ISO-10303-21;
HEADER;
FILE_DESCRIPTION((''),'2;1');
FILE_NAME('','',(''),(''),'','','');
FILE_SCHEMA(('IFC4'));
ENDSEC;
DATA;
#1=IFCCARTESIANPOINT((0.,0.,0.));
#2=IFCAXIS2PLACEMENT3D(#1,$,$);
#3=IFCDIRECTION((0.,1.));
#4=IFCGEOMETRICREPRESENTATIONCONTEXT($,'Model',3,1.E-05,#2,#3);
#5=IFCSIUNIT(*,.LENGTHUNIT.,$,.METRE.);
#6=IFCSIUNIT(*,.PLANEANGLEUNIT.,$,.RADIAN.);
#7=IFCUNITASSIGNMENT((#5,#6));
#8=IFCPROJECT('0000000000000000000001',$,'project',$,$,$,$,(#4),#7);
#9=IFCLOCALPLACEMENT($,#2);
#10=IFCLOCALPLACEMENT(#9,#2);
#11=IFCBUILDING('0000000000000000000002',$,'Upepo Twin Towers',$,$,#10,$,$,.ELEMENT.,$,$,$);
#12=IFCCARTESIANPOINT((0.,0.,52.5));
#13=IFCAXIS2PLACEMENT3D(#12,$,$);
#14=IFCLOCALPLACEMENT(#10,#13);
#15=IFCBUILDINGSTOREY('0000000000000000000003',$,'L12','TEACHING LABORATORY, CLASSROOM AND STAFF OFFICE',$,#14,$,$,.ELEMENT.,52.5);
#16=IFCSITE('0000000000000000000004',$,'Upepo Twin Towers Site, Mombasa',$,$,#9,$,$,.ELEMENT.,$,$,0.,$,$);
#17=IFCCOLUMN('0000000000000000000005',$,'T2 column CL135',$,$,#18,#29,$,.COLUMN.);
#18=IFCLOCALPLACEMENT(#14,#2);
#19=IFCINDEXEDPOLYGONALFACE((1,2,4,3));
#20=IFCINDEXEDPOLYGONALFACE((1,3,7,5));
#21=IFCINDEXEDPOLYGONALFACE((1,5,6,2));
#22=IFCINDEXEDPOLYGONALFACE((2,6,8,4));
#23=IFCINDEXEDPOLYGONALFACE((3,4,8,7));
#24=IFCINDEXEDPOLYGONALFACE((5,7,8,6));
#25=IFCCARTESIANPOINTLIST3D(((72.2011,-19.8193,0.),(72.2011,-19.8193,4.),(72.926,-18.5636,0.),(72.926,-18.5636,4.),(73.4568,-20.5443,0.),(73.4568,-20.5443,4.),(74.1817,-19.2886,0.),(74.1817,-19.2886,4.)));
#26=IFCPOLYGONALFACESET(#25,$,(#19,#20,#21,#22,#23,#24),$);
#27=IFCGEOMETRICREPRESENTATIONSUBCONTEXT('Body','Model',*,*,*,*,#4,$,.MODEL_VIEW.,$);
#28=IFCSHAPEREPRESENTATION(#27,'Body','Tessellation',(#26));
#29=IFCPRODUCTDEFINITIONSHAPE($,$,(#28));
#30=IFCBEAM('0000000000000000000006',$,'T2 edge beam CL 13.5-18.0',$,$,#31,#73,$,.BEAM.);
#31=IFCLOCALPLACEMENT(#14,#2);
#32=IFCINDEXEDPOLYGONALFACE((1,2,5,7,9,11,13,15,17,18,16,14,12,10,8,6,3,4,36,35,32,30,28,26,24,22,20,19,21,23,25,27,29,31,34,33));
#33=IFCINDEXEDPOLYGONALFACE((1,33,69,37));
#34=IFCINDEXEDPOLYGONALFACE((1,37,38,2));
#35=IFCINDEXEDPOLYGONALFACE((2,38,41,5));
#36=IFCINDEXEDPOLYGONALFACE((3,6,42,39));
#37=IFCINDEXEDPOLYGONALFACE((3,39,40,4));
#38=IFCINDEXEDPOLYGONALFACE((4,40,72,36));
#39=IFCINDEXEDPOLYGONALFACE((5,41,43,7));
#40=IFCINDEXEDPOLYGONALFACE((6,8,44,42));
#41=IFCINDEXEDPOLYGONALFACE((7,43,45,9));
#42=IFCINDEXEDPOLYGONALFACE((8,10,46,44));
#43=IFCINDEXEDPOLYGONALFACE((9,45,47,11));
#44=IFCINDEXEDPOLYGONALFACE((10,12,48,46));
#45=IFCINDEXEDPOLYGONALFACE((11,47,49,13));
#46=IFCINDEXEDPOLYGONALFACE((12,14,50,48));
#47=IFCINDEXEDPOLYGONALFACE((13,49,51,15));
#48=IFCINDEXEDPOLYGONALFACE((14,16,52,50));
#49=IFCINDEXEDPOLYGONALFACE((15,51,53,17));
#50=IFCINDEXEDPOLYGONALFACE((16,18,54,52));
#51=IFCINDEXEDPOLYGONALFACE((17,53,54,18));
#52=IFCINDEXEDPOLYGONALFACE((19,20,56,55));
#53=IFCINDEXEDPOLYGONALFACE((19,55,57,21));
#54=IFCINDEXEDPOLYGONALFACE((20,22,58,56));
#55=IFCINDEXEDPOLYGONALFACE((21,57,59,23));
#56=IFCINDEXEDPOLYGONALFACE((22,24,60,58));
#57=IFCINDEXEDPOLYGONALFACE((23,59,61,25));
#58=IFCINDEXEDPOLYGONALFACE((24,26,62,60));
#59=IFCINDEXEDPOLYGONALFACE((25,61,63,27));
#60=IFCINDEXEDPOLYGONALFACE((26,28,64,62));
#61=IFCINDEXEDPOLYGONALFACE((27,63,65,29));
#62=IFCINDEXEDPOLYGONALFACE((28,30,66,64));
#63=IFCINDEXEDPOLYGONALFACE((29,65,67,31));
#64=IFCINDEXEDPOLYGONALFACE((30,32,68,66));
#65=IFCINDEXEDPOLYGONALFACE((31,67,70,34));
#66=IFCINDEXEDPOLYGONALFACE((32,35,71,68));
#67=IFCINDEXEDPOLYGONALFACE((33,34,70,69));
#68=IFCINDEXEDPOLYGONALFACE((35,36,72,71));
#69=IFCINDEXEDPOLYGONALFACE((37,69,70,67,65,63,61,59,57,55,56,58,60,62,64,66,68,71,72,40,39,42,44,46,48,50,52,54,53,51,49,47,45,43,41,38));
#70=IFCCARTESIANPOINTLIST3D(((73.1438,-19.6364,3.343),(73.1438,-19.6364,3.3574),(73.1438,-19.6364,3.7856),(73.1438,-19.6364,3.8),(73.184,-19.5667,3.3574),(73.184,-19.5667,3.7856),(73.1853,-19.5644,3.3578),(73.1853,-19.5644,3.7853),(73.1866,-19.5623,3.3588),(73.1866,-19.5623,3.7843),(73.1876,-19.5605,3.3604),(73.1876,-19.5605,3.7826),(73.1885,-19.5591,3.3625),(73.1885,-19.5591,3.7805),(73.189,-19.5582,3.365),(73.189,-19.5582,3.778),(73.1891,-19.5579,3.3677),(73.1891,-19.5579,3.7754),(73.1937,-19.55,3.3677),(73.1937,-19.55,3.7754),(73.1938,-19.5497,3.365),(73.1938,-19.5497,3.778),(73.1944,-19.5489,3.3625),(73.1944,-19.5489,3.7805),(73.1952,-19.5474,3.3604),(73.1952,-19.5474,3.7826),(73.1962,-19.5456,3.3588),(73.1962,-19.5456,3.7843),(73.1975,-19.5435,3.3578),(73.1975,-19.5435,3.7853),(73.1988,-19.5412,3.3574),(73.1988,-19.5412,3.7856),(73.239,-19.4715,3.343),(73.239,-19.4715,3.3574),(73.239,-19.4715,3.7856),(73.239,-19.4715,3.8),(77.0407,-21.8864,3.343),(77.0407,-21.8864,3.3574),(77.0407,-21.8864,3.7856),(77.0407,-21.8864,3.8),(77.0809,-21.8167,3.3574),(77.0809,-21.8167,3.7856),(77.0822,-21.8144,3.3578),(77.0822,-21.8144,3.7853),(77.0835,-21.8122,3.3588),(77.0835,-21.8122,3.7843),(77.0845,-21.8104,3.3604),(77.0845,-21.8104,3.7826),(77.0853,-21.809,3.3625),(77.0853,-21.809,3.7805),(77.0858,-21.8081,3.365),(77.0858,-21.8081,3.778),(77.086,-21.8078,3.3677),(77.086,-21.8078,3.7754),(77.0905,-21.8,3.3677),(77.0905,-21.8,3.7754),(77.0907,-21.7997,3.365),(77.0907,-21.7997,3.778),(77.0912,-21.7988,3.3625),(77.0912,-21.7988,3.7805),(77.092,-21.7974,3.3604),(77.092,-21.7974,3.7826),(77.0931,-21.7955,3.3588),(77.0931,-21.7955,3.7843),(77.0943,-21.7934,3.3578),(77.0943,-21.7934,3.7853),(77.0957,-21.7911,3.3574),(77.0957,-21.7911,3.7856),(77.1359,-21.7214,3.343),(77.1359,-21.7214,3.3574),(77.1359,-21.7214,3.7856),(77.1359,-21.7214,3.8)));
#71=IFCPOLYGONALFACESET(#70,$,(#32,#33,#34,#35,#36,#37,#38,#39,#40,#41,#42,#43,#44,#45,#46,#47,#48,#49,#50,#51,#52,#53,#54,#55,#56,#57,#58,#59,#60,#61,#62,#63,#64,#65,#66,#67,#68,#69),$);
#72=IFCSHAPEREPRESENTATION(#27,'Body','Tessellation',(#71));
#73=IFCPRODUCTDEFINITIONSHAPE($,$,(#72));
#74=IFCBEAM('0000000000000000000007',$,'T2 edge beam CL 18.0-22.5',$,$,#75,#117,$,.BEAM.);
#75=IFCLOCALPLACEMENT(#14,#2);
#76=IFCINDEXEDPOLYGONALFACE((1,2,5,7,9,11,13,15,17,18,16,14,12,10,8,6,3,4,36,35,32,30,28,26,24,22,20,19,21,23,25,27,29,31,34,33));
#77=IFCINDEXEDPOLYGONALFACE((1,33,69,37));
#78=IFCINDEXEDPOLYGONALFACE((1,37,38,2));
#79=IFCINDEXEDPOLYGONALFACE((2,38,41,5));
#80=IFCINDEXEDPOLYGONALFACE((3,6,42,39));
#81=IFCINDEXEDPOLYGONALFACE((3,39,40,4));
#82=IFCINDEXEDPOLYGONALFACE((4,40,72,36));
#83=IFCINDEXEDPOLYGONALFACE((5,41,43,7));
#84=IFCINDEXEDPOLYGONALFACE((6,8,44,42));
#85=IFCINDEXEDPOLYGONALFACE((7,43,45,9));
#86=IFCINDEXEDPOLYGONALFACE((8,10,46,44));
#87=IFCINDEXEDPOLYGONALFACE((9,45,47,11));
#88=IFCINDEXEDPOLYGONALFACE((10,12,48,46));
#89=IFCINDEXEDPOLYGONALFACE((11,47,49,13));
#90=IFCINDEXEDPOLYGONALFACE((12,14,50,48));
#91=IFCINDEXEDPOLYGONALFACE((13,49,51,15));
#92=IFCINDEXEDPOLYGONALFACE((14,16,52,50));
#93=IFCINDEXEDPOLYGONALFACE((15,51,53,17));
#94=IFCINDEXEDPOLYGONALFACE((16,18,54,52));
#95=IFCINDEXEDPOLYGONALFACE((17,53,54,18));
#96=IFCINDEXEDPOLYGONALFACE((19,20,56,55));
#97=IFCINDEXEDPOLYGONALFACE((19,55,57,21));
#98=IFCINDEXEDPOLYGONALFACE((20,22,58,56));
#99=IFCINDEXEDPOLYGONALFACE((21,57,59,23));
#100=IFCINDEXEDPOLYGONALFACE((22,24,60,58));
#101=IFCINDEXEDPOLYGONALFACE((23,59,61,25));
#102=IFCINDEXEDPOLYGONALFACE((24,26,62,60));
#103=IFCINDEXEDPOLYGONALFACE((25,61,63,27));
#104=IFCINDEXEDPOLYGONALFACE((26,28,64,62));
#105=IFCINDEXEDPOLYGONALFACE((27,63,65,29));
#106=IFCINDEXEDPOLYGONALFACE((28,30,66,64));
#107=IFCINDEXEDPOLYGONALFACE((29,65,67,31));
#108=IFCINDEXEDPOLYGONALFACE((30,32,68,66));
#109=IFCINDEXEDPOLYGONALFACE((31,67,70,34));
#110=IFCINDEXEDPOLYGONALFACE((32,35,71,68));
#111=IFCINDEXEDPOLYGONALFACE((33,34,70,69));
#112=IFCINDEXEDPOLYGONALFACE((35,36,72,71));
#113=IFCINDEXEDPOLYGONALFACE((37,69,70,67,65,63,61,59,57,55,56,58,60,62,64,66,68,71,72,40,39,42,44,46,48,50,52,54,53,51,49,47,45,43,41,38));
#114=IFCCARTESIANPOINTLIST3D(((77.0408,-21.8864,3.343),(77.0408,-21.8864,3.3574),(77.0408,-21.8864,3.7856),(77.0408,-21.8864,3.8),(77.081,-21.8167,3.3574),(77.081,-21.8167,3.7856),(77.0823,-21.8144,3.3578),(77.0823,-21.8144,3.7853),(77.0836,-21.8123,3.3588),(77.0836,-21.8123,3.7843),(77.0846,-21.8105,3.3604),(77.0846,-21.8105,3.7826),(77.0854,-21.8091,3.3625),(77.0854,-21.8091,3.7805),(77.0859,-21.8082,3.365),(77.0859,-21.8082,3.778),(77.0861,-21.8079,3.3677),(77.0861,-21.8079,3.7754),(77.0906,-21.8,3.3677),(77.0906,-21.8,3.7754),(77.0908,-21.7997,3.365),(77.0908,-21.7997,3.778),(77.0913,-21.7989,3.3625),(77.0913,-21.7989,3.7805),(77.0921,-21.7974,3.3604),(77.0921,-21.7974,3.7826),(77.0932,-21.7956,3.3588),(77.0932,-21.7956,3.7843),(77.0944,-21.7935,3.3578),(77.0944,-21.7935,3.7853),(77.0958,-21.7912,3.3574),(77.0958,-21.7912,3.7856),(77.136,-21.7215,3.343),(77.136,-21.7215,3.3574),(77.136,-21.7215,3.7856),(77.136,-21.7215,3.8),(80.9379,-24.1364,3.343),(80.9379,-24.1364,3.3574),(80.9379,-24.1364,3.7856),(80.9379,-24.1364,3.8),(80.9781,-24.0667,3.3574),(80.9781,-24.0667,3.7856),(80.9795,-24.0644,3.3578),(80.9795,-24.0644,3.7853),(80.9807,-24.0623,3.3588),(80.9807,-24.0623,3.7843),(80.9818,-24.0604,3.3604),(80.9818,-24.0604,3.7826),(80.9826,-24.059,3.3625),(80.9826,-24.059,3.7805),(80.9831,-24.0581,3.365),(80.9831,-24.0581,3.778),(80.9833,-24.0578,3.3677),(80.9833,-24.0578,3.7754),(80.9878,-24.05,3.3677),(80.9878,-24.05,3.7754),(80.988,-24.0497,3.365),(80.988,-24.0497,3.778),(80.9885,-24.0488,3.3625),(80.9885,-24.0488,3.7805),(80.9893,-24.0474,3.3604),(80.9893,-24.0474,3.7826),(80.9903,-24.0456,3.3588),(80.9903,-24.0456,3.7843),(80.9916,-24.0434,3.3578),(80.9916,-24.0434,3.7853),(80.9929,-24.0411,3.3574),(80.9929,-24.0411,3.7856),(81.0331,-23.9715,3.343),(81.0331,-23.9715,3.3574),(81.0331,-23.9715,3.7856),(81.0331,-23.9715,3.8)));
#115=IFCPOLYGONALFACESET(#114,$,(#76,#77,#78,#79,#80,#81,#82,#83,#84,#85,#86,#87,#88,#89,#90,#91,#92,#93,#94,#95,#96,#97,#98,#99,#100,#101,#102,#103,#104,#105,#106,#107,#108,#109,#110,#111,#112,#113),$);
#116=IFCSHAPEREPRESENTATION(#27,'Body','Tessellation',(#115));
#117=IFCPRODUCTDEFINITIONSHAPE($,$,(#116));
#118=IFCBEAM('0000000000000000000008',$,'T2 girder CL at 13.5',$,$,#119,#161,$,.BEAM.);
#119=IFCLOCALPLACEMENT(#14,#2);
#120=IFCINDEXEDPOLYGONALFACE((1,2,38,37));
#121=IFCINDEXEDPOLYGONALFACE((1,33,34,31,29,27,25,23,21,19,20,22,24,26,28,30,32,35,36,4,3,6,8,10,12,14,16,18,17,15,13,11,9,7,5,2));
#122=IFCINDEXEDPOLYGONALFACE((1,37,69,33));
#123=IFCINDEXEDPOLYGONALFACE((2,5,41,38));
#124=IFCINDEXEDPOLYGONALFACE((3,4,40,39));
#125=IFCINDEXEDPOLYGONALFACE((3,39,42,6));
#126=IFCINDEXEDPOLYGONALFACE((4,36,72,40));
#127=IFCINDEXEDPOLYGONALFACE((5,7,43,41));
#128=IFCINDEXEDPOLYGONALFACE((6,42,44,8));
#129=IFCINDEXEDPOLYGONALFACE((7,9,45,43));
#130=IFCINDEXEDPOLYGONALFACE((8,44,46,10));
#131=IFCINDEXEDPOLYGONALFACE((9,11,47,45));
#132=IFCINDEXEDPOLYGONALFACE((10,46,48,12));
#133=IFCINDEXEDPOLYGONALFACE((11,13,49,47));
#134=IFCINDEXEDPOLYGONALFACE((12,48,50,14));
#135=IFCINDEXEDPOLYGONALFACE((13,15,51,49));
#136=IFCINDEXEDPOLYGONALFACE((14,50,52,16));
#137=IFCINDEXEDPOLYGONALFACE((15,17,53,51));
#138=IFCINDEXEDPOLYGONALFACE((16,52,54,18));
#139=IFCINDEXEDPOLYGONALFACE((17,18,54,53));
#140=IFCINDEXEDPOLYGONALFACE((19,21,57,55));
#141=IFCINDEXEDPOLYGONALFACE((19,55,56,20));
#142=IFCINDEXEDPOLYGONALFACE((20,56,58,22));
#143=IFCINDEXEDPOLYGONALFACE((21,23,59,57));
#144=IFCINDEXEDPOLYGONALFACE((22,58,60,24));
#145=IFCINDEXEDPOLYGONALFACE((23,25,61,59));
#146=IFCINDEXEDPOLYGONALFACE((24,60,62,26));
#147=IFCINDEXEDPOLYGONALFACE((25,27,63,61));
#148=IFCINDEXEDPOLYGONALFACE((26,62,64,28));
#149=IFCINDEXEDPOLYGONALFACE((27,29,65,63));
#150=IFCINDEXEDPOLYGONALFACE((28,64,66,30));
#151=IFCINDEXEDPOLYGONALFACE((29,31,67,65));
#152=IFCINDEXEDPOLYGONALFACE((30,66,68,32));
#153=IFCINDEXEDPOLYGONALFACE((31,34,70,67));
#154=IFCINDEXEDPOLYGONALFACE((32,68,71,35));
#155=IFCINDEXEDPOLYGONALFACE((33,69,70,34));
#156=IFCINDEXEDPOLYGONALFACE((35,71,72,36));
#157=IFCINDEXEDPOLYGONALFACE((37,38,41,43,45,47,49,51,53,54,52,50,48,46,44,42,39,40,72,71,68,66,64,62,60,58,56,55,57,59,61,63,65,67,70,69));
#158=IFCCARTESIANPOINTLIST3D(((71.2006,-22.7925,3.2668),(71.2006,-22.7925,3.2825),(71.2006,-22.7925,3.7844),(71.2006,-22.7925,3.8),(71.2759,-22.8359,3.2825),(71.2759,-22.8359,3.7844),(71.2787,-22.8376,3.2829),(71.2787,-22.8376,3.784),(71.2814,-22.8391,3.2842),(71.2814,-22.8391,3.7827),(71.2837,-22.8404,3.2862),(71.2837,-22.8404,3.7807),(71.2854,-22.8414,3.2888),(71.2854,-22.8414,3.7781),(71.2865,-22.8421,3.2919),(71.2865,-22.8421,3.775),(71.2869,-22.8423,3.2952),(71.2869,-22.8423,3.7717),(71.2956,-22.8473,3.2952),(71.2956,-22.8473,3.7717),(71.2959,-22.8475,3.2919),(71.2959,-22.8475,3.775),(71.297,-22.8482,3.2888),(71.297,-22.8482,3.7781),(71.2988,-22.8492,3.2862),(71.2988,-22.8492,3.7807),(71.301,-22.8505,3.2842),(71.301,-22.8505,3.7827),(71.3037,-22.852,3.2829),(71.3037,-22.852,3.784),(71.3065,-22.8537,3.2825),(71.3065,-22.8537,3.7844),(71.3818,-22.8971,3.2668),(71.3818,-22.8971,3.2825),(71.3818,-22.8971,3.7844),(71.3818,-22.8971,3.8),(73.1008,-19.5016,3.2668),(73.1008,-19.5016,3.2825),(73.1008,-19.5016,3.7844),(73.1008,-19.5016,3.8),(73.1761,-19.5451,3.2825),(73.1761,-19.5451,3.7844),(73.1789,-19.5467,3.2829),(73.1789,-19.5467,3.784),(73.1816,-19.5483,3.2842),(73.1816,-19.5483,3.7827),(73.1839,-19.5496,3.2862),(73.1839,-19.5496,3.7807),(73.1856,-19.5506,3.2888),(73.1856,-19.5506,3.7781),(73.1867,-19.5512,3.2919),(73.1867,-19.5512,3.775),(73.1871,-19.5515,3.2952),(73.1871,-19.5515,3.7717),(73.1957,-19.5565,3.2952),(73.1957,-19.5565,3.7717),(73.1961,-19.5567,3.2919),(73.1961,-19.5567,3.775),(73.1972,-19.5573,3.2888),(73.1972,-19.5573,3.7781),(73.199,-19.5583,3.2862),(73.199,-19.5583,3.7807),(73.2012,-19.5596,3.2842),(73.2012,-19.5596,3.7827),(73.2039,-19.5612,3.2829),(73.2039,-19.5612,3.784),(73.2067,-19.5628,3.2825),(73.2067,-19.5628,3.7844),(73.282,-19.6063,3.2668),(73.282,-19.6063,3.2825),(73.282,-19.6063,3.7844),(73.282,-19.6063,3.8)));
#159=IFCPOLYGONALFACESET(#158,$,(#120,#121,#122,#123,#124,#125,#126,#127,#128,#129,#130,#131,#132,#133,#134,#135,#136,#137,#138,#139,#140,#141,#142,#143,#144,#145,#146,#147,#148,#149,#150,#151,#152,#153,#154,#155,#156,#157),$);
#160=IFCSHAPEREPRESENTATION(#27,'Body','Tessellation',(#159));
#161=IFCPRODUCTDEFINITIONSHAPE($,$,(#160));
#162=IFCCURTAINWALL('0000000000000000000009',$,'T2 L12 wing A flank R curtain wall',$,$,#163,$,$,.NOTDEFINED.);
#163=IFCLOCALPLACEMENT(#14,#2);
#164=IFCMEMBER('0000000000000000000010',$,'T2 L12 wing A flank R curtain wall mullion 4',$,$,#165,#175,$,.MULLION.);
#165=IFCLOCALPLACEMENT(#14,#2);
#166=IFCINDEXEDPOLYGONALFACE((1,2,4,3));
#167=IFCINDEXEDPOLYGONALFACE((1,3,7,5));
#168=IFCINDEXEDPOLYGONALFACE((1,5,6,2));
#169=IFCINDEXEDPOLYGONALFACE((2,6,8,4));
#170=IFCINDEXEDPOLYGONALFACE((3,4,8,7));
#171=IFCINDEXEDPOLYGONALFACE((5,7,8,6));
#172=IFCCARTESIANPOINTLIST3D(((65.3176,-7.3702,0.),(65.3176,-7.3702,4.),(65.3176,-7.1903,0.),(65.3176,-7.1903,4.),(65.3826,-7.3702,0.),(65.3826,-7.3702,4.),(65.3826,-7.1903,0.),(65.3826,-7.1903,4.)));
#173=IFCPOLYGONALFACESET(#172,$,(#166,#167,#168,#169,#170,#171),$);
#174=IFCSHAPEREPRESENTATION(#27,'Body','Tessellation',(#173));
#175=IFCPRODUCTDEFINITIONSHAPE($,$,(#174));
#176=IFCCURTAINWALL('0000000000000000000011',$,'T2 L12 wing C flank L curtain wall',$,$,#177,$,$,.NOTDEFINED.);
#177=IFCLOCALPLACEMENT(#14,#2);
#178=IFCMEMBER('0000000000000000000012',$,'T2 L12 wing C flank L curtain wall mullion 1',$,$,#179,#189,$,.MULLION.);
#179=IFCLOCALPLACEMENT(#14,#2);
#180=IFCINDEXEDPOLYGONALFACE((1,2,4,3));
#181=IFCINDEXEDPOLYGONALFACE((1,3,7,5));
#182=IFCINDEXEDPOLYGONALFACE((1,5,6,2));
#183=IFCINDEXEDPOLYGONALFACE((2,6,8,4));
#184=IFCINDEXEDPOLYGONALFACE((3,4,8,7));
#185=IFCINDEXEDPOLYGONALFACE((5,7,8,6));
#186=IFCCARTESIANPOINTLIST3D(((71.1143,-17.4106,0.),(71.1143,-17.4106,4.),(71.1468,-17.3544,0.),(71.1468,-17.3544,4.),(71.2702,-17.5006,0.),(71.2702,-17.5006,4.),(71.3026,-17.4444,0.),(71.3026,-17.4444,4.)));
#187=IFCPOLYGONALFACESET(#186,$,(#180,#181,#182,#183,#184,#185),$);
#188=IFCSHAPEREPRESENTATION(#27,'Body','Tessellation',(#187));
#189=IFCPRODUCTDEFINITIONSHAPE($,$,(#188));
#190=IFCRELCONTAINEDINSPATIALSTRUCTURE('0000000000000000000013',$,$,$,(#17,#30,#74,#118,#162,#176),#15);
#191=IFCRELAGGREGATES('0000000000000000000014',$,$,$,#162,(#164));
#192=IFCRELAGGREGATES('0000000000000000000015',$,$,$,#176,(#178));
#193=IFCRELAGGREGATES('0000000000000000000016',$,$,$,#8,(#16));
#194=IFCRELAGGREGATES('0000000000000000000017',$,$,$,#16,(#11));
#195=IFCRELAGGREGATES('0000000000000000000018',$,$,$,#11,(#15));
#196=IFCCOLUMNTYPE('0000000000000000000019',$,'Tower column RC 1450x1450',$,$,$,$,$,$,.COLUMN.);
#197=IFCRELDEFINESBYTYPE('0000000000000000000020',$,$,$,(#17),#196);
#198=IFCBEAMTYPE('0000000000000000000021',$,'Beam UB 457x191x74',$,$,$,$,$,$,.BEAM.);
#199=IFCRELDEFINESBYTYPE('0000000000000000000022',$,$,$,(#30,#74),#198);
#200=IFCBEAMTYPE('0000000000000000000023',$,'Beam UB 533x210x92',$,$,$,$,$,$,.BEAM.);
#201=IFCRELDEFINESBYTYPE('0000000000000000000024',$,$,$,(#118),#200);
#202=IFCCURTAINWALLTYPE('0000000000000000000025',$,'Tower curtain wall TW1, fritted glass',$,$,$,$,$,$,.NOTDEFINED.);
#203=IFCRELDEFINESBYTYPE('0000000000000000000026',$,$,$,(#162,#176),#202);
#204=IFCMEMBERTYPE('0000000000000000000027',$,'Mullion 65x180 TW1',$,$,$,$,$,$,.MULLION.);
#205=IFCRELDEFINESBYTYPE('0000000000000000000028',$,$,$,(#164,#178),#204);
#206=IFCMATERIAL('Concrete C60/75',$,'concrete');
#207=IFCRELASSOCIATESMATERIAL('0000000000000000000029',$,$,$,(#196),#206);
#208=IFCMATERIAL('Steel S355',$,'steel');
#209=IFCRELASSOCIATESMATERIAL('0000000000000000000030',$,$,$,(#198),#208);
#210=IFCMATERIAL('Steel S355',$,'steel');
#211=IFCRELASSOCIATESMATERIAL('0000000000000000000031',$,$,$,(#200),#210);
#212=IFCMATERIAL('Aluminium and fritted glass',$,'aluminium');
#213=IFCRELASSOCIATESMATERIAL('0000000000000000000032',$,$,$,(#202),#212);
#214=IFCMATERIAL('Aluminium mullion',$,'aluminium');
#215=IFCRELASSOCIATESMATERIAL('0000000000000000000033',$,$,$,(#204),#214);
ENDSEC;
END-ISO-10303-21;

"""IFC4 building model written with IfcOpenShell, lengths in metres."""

from ifc_helpers import new_model, si_unit, direction, frame, origin, origin_2d, place, context, subcontext, project, spatial, rectangle, i_section, extrude, material, material_profile, profile_set, type_object, element, aggregate, save


model = new_model("IFC4")

# Units and contexts
model_context = context("Model", 3, precision=1e-05, world=origin(), true_north=direction((0.0, 1.0)))
body_context = subcontext(model_context, "Body", "Model", "MODEL_VIEW")
ifc_project = project(units=[si_unit("LENGTHUNIT", "METRE"), si_unit("PLANEANGLEUNIT", "RADIAN")], contexts=[model_context])

# Site, building, storey
site_placement = place(None, origin())
site = spatial("IfcSite", under=ifc_project, at=site_placement, Name="Upepo Twin Towers Site, Mombasa", CompositionType="ELEMENT", RefElevation=0.0)
building_placement = place(site_placement, origin())
building = spatial("IfcBuilding", under=site, at=building_placement, Name="Upepo Twin Towers", CompositionType="ELEMENT")
storey_placement = place(building_placement, frame((0.0, 0.0, 52.5)))
storey = spatial("IfcBuildingStorey", under=building, at=storey_placement, Name="L12", Description="TEACHING LABORATORY, CLASSROOM AND STAFF OFFICE", CompositionType="ELEMENT", Elevation=52.5)

# Column
ifc_material_1 = material(Name="Concrete C60/75", Category="concrete")
ifc_material_profile_1 = material_profile(ifc_material_1, rectangle(XDim=1.45, YDim=1.45, at=origin_2d()), Name="RC 1450x1450")
ifc_profile_set_1 = profile_set([ifc_material_profile_1], Name="Concrete C60/75")
column_type = type_object("IfcColumnType", Name="Tower column RC 1450x1450", PredefinedType="COLUMN", material=ifc_profile_set_1)
column_placement = place(storey_placement, frame((73.1914, -19.554, 0.0), z_axis=(0.0, 0.0, 1.0), x_axis=(0.5, 0.866025, 0.0)))
element("IfcColumn", 1, at=column_placement, inside=storey, type_object=column_type, Name="T2 column CL135", PredefinedType="COLUMN", context=body_context, shape_type="SweptSolid", body=[
    extrude(rectangle(XDim=1.45, YDim=1.45, at=origin_2d()), origin(), (0.0, 0.0, 1.0), 4.0),
])

# Beams
ifc_material_2 = material(Name="Steel S355", Category="steel")
ifc_material_profile_2 = material_profile(ifc_material_2, i_section(OverallWidth=0.1904, OverallDepth=0.457, WebThickness=0.009, FlangeThickness=0.0144, FilletRadius=0.0103, at=origin_2d()), Name="UB 457x191x74")
ifc_profile_set_2 = profile_set([ifc_material_profile_2], Name="Steel S355")
beam_type_1 = type_object("IfcBeamType", Name="Beam UB 457x191x74", PredefinedType="BEAM", material=ifc_profile_set_2)
beam_1_placement = place(storey_placement, frame((73.1914, -19.554, 3.5715), z_axis=(0.866018, -0.500014, 0.0), x_axis=(0.500014, 0.866018, 0.0)))
element("IfcBeam", 2, at=beam_1_placement, inside=storey, type_object=beam_type_1, Name="T2 edge beam CL 13.5-18.0", PredefinedType="BEAM", context=body_context, shape_type="SweptSolid", body=[
    extrude(i_section(OverallWidth=0.1904, OverallDepth=0.457, WebThickness=0.009, FlangeThickness=0.0144, FilletRadius=0.0103, at=origin_2d()), origin(), (0.0, 0.0, 1.0), 4.4998),
])
beam_2_placement = place(storey_placement, frame((77.0884, -21.804, 3.5715), z_axis=(0.866031, -0.49999, 0.0), x_axis=(0.49999, 0.866031, 0.0)))
element("IfcBeam", 3, at=beam_2_placement, inside=storey, type_object=beam_type_1, Name="T2 edge beam CL 18.0-22.5", PredefinedType="BEAM", context=body_context, shape_type="SweptSolid", body=[
    extrude(i_section(OverallWidth=0.1904, OverallDepth=0.457, WebThickness=0.009, FlangeThickness=0.0144, FilletRadius=0.0103, at=origin_2d()), origin(), (0.0, 0.0, 1.0), 4.5),
])
ifc_material_3 = material(Name="Steel S355", Category="steel")
ifc_material_profile_3 = material_profile(ifc_material_3, i_section(OverallWidth=0.2092, OverallDepth=0.5332, WebThickness=0.01, FlangeThickness=0.0156, FilletRadius=0.0127, at=origin_2d()), Name="UB 533x210x92")
ifc_profile_set_3 = profile_set([ifc_material_profile_3], Name="Steel S355")
beam_type_2 = type_object("IfcBeamType", Name="Beam UB 533x210x92", PredefinedType="BEAM", material=ifc_profile_set_3)
beam_3_placement = place(storey_placement, frame((73.1914, -19.554, 3.5334), z_axis=(-0.500043, -0.866, 0.0), x_axis=(0.866, -0.500043, 0.0)))
element("IfcBeam", 4, at=beam_3_placement, inside=storey, type_object=beam_type_2, Name="T2 girder CL at 13.5", PredefinedType="BEAM", context=body_context, shape_type="SweptSolid", body=[
    extrude(i_section(OverallWidth=0.2092, OverallDepth=0.5332, WebThickness=0.01, FlangeThickness=0.0156, FilletRadius=0.0127, at=origin_2d()), origin(), (0.0, 0.0, 1.0), 3.8),
])

# Curtain wall, member
ifc_material_4 = material(Name="Aluminium and fritted glass", Category="aluminium")
curtain_wall_type = type_object("IfcCurtainWallType", Name="Tower curtain wall TW1, fritted glass", PredefinedType="NOTDEFINED", material=ifc_material_4)
curtain_wall_1_placement = place(storey_placement, origin())
curtain_wall_1 = element("IfcCurtainWall", 5, at=curtain_wall_1_placement, inside=storey, type_object=curtain_wall_type, Name="T2 L12 wing A flank R curtain wall", PredefinedType="NOTDEFINED")
ifc_material_5 = material(Name="Aluminium mullion", Category="aluminium")
ifc_material_profile_4 = material_profile(ifc_material_5, rectangle(XDim=0.0649, YDim=0.1799, at=origin_2d()), Name="MULLION 65x180")
ifc_profile_set_4 = profile_set([ifc_material_profile_4], Name="Aluminium mullion")
member_type_1 = type_object("IfcMemberType", Name="Mullion 65x180 TW1", PredefinedType="MULLION", material=ifc_profile_set_4)
member_1_placement = place(storey_placement, frame((65.3501, -7.2803, 0.0), z_axis=(0.0, 0.0, 1.0), x_axis=(1.0, 0.0, 0.0)))
member_1 = element("IfcMember", 6, at=member_1_placement, type_object=member_type_1, Name="T2 L12 wing A flank R curtain wall mullion 4", PredefinedType="MULLION", context=body_context, shape_type="SweptSolid", body=[
    extrude(rectangle(XDim=0.0649, YDim=0.1799, at=origin_2d()), origin(), (0.0, 0.0, 1.0), 4.0),
])

# Curtain wall, member
curtain_wall_2_placement = place(storey_placement, origin())
curtain_wall_2 = element("IfcCurtainWall", 7, at=curtain_wall_2_placement, inside=storey, type_object=curtain_wall_type, Name="T2 L12 wing C flank L curtain wall", PredefinedType="NOTDEFINED")
member_2_placement = place(storey_placement, frame((71.2085, -17.4275, 0.0), z_axis=(0.0, 0.0, 1.0), x_axis=(0.5, 0.866025, 0.0)))
member_2 = element("IfcMember", 8, at=member_2_placement, type_object=member_type_1, Name="T2 L12 wing C flank L curtain wall mullion 1", PredefinedType="MULLION", context=body_context, shape_type="SweptSolid", body=[
    extrude(rectangle(XDim=0.0649, YDim=0.1799, at=origin_2d()), origin(), (0.0, 0.0, 1.0), 4.0),
])

aggregate(curtain_wall_1, [member_1])
aggregate(curtain_wall_2, [member_2])

save(model, "model.ifc")
